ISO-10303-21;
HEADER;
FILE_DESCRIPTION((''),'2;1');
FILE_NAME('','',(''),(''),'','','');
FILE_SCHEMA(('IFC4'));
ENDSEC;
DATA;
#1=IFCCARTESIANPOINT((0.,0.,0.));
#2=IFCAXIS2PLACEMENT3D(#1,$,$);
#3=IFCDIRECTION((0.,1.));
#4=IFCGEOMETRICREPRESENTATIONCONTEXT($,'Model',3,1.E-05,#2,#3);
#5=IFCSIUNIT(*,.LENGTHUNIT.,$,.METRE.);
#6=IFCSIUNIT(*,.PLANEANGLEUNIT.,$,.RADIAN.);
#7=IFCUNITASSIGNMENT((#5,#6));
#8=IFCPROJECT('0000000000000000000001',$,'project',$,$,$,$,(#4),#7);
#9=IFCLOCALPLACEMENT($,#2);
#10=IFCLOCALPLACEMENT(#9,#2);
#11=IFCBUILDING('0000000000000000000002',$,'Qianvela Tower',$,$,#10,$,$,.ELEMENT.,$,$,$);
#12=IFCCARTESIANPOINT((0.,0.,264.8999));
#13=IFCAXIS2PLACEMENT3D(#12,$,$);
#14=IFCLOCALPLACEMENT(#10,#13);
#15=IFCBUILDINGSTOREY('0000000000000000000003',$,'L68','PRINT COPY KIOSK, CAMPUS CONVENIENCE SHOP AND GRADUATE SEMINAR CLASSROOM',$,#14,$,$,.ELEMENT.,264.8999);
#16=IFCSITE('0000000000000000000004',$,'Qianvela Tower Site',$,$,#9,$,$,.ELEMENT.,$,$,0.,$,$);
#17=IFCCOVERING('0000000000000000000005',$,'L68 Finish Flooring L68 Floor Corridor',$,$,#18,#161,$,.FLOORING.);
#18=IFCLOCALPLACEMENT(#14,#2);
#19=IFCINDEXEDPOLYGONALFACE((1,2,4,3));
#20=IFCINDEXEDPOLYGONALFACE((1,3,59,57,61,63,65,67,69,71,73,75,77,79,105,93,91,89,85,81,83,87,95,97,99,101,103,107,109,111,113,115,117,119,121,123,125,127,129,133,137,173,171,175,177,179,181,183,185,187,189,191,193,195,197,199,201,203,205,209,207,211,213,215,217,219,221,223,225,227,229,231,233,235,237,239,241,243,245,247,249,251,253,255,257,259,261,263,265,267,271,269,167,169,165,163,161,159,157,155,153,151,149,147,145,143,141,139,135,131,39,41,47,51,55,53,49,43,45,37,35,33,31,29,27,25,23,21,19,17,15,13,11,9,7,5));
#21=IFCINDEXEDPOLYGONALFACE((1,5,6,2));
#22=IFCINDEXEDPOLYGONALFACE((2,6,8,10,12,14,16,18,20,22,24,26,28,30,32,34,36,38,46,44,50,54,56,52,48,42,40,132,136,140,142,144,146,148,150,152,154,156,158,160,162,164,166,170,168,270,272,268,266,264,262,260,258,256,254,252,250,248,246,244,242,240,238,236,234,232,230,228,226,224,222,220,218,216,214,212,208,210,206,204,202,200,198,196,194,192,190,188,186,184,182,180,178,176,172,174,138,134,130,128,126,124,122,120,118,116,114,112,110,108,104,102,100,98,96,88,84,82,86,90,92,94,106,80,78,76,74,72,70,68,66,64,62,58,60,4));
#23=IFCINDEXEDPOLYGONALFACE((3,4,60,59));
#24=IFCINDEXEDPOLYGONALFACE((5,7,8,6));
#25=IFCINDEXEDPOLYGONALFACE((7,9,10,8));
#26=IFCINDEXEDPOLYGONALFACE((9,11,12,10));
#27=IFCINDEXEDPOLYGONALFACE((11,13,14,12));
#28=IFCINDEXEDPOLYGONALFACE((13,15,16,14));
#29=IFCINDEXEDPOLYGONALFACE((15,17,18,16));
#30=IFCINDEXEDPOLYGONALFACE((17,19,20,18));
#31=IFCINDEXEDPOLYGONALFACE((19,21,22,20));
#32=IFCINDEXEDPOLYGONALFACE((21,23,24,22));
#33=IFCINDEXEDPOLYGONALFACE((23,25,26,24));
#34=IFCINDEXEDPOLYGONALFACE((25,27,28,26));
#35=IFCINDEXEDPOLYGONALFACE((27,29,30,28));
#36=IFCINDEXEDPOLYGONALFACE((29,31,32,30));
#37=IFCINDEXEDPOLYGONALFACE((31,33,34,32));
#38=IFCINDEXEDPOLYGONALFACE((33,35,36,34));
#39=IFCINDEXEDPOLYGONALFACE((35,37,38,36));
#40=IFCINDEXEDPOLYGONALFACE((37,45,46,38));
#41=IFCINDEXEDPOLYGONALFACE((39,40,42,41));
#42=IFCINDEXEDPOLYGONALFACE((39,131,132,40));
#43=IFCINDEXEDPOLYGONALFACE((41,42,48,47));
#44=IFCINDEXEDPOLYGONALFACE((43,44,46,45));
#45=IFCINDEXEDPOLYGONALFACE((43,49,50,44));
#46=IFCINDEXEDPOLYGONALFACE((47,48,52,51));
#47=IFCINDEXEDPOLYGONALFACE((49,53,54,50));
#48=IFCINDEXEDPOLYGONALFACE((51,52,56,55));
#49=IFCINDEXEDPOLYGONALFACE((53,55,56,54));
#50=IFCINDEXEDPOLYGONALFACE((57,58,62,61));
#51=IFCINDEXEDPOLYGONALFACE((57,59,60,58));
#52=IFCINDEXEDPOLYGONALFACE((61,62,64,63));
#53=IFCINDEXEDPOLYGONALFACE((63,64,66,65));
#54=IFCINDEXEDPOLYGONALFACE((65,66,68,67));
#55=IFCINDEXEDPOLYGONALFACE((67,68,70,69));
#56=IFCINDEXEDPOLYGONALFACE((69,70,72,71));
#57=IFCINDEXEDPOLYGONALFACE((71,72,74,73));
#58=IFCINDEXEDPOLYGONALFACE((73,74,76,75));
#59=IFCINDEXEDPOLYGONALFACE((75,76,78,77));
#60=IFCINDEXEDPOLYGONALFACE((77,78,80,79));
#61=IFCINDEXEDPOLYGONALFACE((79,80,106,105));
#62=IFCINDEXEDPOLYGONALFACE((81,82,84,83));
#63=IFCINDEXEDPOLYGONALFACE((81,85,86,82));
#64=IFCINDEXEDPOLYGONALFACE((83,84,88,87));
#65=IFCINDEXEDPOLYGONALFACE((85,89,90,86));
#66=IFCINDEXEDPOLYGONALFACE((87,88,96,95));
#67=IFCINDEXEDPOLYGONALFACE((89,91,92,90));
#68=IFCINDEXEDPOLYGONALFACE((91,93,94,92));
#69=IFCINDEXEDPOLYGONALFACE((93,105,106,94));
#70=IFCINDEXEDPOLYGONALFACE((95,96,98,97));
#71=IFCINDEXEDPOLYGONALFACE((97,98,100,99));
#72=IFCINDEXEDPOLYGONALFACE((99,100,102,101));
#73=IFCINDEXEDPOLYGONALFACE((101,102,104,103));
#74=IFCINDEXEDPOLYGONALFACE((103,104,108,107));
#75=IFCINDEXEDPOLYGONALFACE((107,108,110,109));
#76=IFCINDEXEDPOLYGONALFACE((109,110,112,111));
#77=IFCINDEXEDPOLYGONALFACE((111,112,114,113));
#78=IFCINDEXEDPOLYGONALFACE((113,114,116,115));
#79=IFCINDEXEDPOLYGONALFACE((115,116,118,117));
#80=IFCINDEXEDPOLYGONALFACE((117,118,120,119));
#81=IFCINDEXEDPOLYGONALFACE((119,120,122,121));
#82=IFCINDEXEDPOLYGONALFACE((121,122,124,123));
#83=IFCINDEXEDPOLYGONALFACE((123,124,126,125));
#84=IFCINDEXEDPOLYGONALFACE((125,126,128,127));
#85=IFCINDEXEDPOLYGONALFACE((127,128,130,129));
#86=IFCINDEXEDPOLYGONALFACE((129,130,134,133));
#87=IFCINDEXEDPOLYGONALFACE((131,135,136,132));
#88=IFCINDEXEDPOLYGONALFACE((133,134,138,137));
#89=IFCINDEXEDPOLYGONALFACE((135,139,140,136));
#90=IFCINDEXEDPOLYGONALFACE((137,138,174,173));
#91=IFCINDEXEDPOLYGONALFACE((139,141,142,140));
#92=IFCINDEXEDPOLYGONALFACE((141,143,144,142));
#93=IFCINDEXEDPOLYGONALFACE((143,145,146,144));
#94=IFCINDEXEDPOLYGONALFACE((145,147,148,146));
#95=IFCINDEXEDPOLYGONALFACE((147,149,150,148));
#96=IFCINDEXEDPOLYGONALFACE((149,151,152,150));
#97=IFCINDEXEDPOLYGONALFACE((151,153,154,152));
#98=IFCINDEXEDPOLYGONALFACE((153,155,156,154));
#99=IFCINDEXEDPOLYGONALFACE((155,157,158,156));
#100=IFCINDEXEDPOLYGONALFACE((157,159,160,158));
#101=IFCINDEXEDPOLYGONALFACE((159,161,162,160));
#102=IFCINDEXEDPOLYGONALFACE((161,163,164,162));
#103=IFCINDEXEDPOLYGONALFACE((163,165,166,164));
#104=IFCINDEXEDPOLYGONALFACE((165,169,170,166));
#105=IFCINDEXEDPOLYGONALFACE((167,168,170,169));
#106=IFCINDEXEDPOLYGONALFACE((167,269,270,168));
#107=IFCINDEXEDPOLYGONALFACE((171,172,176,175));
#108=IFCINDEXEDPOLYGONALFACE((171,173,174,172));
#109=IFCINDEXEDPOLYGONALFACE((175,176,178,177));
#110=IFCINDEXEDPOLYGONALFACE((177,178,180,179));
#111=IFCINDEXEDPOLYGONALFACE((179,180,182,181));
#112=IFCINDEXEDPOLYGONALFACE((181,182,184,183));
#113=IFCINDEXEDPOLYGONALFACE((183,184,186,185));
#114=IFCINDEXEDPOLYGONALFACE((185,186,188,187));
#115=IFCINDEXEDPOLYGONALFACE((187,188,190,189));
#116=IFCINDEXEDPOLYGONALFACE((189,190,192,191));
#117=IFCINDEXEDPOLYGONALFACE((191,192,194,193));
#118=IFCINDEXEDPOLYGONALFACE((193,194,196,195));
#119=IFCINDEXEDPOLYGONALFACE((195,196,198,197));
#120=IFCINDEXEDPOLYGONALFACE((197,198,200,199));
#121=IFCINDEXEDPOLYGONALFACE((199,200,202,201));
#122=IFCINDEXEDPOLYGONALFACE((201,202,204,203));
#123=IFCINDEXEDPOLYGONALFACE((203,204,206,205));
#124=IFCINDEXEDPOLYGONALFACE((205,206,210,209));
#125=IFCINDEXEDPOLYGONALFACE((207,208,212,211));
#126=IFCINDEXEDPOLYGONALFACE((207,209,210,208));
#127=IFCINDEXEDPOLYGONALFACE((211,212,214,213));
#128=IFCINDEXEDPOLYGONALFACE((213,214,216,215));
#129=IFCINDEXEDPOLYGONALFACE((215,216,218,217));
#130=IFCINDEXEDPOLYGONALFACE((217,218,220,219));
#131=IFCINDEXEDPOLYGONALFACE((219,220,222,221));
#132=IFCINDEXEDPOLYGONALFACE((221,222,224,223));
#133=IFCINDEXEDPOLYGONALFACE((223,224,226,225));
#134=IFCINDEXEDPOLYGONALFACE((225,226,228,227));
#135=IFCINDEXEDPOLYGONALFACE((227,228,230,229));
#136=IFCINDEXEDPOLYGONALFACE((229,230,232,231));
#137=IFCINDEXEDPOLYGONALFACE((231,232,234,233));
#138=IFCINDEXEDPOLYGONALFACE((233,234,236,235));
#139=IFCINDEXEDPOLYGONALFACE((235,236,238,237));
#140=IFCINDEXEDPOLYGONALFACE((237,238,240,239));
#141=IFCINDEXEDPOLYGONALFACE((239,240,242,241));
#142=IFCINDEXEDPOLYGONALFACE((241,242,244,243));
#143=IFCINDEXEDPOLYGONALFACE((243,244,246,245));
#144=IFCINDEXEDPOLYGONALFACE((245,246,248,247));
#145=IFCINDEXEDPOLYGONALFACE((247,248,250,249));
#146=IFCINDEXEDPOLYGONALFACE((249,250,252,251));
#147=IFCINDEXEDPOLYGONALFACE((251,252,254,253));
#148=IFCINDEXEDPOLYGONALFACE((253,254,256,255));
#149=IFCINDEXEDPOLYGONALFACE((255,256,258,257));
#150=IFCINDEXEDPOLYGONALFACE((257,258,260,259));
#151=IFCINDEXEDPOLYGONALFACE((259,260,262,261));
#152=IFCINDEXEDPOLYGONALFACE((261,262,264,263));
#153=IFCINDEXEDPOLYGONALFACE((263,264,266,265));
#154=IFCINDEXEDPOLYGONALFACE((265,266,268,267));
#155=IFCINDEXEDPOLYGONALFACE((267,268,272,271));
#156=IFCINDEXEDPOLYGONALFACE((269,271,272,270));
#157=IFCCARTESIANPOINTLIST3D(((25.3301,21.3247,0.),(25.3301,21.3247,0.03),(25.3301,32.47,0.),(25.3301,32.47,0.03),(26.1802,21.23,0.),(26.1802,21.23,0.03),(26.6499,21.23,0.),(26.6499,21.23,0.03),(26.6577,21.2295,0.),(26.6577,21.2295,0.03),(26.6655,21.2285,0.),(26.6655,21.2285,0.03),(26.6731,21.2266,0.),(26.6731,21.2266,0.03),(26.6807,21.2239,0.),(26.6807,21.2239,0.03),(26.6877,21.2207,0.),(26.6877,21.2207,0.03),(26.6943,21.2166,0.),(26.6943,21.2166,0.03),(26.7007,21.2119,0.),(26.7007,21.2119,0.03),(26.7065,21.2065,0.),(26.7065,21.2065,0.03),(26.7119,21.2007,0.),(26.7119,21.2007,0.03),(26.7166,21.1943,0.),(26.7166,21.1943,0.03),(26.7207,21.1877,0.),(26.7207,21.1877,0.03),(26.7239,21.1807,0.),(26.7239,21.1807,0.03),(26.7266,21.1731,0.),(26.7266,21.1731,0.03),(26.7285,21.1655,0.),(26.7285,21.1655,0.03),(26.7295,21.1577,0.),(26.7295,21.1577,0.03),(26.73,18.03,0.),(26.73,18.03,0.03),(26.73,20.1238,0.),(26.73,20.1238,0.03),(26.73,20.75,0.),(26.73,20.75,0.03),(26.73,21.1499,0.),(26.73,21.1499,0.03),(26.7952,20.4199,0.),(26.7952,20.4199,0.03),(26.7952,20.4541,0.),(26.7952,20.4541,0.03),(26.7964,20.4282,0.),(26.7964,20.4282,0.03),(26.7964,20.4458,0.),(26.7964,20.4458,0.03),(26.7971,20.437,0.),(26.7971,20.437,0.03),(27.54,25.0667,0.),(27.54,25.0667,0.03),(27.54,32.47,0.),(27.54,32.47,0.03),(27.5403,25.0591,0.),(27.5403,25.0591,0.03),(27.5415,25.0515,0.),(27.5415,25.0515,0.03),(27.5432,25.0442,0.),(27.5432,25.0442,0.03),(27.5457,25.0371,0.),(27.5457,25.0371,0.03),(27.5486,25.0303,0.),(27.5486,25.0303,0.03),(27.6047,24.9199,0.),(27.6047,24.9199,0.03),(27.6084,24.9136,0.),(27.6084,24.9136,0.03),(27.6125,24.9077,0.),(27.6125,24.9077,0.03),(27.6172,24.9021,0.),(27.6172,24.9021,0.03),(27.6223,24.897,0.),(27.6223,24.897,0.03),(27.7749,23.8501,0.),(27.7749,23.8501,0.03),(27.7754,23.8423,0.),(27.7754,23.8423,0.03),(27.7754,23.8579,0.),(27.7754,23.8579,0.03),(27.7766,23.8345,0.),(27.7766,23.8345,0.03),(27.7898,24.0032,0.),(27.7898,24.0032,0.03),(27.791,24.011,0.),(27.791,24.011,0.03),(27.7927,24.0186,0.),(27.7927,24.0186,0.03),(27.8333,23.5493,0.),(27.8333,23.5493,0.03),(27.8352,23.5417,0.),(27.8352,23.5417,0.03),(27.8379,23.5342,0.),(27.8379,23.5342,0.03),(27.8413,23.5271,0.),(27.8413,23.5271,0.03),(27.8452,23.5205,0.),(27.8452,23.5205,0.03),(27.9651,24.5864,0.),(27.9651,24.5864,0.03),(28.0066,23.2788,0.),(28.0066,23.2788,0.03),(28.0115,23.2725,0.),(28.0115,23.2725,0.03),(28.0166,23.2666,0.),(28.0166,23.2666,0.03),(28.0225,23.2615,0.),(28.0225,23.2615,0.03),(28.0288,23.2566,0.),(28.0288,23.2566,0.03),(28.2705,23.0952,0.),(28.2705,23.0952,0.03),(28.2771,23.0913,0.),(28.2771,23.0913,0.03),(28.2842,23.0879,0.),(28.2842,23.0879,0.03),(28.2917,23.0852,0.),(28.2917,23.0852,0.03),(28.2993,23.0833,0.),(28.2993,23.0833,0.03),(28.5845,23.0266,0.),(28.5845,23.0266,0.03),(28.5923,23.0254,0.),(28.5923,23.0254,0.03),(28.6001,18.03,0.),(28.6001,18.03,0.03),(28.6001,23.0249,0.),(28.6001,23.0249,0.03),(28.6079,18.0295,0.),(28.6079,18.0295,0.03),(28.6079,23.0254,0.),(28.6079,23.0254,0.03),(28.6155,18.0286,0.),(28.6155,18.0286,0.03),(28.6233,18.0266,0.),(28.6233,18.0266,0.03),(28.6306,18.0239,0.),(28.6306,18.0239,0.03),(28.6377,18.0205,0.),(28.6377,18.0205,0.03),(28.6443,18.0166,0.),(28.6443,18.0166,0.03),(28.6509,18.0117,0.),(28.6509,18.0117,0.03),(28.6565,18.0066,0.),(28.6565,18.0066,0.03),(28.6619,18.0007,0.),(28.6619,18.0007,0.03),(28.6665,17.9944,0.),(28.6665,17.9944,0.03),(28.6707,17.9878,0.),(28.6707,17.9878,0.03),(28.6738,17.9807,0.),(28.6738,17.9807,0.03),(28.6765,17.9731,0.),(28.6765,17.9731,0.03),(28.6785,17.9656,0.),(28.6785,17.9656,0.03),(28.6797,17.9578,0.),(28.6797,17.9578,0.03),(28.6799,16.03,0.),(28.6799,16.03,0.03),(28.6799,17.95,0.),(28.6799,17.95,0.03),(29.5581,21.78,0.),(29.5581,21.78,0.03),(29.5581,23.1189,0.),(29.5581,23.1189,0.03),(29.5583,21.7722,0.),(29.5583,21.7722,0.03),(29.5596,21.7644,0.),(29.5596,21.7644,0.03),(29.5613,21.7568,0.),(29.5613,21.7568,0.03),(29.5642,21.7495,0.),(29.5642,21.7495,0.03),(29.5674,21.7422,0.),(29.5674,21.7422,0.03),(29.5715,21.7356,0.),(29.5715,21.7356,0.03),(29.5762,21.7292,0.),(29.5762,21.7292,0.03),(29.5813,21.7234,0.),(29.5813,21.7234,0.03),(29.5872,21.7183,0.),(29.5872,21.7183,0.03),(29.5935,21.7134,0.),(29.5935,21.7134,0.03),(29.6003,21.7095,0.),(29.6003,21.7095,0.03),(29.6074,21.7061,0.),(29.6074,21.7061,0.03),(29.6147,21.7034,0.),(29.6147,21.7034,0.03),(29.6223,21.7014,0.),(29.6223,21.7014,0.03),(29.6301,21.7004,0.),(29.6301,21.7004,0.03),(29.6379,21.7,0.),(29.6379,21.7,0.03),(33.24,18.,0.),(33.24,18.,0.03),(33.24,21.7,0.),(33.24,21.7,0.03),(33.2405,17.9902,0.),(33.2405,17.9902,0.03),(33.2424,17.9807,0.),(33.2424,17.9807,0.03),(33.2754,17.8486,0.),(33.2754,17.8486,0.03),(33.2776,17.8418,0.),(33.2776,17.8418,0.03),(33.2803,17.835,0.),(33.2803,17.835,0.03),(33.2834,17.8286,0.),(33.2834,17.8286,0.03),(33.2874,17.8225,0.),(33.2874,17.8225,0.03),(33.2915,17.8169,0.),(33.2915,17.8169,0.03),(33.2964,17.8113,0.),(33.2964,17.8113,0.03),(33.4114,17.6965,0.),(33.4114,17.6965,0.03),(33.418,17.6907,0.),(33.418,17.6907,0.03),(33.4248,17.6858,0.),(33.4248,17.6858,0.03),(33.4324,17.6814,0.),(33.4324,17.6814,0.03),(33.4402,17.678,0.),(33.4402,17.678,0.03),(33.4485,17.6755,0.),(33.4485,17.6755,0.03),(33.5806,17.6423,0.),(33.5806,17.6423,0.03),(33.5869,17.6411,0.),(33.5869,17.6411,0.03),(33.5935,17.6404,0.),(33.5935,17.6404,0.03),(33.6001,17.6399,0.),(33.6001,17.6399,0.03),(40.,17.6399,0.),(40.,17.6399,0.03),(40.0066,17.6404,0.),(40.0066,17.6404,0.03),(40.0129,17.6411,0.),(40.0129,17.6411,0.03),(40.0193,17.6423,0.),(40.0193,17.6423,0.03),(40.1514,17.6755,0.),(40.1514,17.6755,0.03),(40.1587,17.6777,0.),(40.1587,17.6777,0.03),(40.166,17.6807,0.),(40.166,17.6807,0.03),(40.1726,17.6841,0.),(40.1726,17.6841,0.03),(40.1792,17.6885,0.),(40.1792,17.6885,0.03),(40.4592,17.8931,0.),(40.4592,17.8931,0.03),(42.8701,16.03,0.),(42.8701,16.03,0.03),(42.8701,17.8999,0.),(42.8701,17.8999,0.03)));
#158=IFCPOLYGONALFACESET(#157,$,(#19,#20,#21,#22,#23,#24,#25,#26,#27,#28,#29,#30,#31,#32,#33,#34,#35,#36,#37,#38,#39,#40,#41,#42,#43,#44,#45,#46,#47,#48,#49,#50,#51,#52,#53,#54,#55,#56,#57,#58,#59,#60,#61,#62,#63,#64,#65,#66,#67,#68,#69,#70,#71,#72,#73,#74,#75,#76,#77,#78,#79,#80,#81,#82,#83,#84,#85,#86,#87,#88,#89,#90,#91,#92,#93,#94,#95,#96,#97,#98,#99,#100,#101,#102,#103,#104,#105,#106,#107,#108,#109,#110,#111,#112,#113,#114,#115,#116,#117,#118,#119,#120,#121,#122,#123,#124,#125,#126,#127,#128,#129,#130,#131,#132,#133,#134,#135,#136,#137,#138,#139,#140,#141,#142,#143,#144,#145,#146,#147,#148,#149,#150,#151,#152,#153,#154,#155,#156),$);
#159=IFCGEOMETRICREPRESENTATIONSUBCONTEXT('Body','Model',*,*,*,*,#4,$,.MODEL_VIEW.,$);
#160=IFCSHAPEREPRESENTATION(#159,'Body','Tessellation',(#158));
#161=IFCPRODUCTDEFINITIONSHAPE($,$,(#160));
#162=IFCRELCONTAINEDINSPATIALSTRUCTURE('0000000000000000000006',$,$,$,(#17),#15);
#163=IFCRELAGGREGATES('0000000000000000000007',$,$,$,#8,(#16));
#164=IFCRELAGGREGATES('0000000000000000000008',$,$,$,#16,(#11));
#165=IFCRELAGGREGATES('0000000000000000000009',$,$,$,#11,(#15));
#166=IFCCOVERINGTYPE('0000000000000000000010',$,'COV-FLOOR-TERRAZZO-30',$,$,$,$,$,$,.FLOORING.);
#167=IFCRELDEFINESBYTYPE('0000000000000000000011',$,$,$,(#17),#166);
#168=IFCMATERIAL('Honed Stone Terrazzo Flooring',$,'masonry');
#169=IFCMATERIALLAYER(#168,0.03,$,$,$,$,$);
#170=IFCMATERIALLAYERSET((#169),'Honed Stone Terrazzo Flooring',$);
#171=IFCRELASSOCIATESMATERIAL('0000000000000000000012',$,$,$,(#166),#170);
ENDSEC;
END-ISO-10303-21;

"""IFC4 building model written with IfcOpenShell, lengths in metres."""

from ifc_helpers import new_model, si_unit, direction, frame, origin, place, context, subcontext, project, spatial, polyline, outline, extrude, material, layer, layer_set, type_object, element, save


model = new_model("IFC4")

# Units and contexts
model_context = context("Model", 3, precision=1e-05, world=origin(), true_north=direction((0.0, 1.0)))
body_context = subcontext(model_context, "Body", "Model", "MODEL_VIEW")
ifc_project = project(units=[si_unit("LENGTHUNIT", "METRE"), si_unit("PLANEANGLEUNIT", "RADIAN")], contexts=[model_context])

# Site, building, storey
site_placement = place(None, origin())
site = spatial("IfcSite", under=ifc_project, at=site_placement, Name="Qianvela Tower Site", CompositionType="ELEMENT", RefElevation=0.0)
building_placement = place(site_placement, origin())
building = spatial("IfcBuilding", under=site, at=building_placement, Name="Qianvela Tower", CompositionType="ELEMENT")
storey_placement = place(building_placement, frame((0.0, 0.0, 264.8999)))
storey = spatial("IfcBuildingStorey", under=building, at=storey_placement, Name="L68", Description="PRINT COPY KIOSK, CAMPUS CONVENIENCE SHOP AND GRADUATE SEMINAR CLASSROOM", CompositionType="ELEMENT", Elevation=264.8999)

# Covering
ifc_material_1 = material(Name="Honed Stone Terrazzo Flooring", Category="masonry")
ifc_layer_1 = layer(ifc_material_1, 0.03)
ifc_layer_set_1 = layer_set([ifc_layer_1], Name="Honed Stone Terrazzo Flooring")
covering_type_1 = type_object("IfcCoveringType", Name="COV-FLOOR-TERRAZZO-30", PredefinedType="FLOORING", material=ifc_layer_set_1)
covering_1_placement = place(storey_placement, origin())
element("IfcCovering", 1, at=covering_1_placement, inside=storey, type_object=covering_type_1, Name="L68 Finish Flooring L68 Floor Corridor", PredefinedType="FLOORING", context=body_context, shape_type="SweptSolid", body=[
    extrude(outline(polyline([(27.7927, 24.0186), (27.791, 24.011), (27.7898, 24.0032), (27.7754, 23.8579), (27.7749, 23.8501), (27.7754, 23.8423), (27.7766, 23.8345), (27.8333, 23.5493), (27.8352, 23.5417), (27.8379, 23.5342), (27.8413, 23.5271), (27.8452, 23.5205), (28.0066, 23.2788), (28.0115, 23.2725), (28.0166, 23.2666), (28.0225, 23.2615), (28.0288, 23.2566), (28.2705, 23.0952), (28.2771, 23.0913), (28.2842, 23.0879), (28.2917, 23.0852), (28.2993, 23.0833), (28.5845, 23.0266), (28.5923, 23.0254), (28.6001, 23.0249), (28.6079, 23.0254), (29.5581, 23.1189), (29.5581, 21.78), (29.5583, 21.7722), (29.5596, 21.7644), (29.5613, 21.7568), (29.5642, 21.7495), (29.5674, 21.7422), (29.5715, 21.7356), (29.5762, 21.7292), (29.5813, 21.7234), (29.5872, 21.7183), (29.5935, 21.7134), (29.6003, 21.7095), (29.6074, 21.7061), (29.6147, 21.7034), (29.6223, 21.7014), (29.6301, 21.7004), (29.6379, 21.7), (33.24, 21.7), (33.24, 18.0), (33.2405, 17.9902), (33.2424, 17.9807), (33.2754, 17.8486), (33.2776, 17.8418), (33.2803, 17.835), (33.2834, 17.8286), (33.2874, 17.8225), (33.2915, 17.8169), (33.2964, 17.8113), (33.4114, 17.6965), (33.418, 17.6907), (33.4248, 17.6858), (33.4324, 17.6814), (33.4402, 17.678), (33.4485, 17.6755), (33.5806, 17.6423), (33.5869, 17.6411), (33.5935, 17.6404), (33.6001, 17.6399), (40.0, 17.6399), (40.0066, 17.6404), (40.0129, 17.6411), (40.0193, 17.6423), (40.1514, 17.6755), (40.1587, 17.6777), (40.166, 17.6807), (40.1726, 17.6841), (40.1792, 17.6885), (40.4592, 17.8931), (42.8701, 17.8999), (42.8701, 16.03), (28.6799, 16.03), (28.6799, 17.95), (28.6797, 17.9578), (28.6785, 17.9656), (28.6765, 17.9731), (28.6738, 17.9807), (28.6707, 17.9878), (28.6665, 17.9944), (28.6619, 18.0007), (28.6565, 18.0066), (28.6509, 18.0117), (28.6443, 18.0166), (28.6377, 18.0205), (28.6306, 18.0239), (28.6233, 18.0266), (28.6155, 18.0286), (28.6079, 18.0295), (28.6001, 18.03), (26.73, 18.03), (26.73, 20.1238), (26.7952, 20.4199), (26.7964, 20.4282), (26.7971, 20.437), (26.7964, 20.4458), (26.7952, 20.4541), (26.73, 20.75), (26.73, 21.1499), (26.7295, 21.1577), (26.7285, 21.1655), (26.7266, 21.1731), (26.7239, 21.1807), (26.7207, 21.1877), (26.7166, 21.1943), (26.7119, 21.2007), (26.7065, 21.2065), (26.7007, 21.2119), (26.6943, 21.2166), (26.6877, 21.2207), (26.6807, 21.2239), (26.6731, 21.2266), (26.6655, 21.2285), (26.6577, 21.2295), (26.6499, 21.23), (26.1802, 21.23), (25.3301, 21.3247), (25.3301, 32.47), (27.54, 32.47), (27.54, 25.0667), (27.5403, 25.0591), (27.5415, 25.0515), (27.5432, 25.0442), (27.5457, 25.0371), (27.5486, 25.0303), (27.6047, 24.9199), (27.6084, 24.9136), (27.6125, 24.9077), (27.6172, 24.9021), (27.6223, 24.897), (27.9651, 24.5864), (27.7927, 24.0186)])), origin(), (0.0, 0.0, 1.0), 0.03),
])

save(model, "model.ifc")
